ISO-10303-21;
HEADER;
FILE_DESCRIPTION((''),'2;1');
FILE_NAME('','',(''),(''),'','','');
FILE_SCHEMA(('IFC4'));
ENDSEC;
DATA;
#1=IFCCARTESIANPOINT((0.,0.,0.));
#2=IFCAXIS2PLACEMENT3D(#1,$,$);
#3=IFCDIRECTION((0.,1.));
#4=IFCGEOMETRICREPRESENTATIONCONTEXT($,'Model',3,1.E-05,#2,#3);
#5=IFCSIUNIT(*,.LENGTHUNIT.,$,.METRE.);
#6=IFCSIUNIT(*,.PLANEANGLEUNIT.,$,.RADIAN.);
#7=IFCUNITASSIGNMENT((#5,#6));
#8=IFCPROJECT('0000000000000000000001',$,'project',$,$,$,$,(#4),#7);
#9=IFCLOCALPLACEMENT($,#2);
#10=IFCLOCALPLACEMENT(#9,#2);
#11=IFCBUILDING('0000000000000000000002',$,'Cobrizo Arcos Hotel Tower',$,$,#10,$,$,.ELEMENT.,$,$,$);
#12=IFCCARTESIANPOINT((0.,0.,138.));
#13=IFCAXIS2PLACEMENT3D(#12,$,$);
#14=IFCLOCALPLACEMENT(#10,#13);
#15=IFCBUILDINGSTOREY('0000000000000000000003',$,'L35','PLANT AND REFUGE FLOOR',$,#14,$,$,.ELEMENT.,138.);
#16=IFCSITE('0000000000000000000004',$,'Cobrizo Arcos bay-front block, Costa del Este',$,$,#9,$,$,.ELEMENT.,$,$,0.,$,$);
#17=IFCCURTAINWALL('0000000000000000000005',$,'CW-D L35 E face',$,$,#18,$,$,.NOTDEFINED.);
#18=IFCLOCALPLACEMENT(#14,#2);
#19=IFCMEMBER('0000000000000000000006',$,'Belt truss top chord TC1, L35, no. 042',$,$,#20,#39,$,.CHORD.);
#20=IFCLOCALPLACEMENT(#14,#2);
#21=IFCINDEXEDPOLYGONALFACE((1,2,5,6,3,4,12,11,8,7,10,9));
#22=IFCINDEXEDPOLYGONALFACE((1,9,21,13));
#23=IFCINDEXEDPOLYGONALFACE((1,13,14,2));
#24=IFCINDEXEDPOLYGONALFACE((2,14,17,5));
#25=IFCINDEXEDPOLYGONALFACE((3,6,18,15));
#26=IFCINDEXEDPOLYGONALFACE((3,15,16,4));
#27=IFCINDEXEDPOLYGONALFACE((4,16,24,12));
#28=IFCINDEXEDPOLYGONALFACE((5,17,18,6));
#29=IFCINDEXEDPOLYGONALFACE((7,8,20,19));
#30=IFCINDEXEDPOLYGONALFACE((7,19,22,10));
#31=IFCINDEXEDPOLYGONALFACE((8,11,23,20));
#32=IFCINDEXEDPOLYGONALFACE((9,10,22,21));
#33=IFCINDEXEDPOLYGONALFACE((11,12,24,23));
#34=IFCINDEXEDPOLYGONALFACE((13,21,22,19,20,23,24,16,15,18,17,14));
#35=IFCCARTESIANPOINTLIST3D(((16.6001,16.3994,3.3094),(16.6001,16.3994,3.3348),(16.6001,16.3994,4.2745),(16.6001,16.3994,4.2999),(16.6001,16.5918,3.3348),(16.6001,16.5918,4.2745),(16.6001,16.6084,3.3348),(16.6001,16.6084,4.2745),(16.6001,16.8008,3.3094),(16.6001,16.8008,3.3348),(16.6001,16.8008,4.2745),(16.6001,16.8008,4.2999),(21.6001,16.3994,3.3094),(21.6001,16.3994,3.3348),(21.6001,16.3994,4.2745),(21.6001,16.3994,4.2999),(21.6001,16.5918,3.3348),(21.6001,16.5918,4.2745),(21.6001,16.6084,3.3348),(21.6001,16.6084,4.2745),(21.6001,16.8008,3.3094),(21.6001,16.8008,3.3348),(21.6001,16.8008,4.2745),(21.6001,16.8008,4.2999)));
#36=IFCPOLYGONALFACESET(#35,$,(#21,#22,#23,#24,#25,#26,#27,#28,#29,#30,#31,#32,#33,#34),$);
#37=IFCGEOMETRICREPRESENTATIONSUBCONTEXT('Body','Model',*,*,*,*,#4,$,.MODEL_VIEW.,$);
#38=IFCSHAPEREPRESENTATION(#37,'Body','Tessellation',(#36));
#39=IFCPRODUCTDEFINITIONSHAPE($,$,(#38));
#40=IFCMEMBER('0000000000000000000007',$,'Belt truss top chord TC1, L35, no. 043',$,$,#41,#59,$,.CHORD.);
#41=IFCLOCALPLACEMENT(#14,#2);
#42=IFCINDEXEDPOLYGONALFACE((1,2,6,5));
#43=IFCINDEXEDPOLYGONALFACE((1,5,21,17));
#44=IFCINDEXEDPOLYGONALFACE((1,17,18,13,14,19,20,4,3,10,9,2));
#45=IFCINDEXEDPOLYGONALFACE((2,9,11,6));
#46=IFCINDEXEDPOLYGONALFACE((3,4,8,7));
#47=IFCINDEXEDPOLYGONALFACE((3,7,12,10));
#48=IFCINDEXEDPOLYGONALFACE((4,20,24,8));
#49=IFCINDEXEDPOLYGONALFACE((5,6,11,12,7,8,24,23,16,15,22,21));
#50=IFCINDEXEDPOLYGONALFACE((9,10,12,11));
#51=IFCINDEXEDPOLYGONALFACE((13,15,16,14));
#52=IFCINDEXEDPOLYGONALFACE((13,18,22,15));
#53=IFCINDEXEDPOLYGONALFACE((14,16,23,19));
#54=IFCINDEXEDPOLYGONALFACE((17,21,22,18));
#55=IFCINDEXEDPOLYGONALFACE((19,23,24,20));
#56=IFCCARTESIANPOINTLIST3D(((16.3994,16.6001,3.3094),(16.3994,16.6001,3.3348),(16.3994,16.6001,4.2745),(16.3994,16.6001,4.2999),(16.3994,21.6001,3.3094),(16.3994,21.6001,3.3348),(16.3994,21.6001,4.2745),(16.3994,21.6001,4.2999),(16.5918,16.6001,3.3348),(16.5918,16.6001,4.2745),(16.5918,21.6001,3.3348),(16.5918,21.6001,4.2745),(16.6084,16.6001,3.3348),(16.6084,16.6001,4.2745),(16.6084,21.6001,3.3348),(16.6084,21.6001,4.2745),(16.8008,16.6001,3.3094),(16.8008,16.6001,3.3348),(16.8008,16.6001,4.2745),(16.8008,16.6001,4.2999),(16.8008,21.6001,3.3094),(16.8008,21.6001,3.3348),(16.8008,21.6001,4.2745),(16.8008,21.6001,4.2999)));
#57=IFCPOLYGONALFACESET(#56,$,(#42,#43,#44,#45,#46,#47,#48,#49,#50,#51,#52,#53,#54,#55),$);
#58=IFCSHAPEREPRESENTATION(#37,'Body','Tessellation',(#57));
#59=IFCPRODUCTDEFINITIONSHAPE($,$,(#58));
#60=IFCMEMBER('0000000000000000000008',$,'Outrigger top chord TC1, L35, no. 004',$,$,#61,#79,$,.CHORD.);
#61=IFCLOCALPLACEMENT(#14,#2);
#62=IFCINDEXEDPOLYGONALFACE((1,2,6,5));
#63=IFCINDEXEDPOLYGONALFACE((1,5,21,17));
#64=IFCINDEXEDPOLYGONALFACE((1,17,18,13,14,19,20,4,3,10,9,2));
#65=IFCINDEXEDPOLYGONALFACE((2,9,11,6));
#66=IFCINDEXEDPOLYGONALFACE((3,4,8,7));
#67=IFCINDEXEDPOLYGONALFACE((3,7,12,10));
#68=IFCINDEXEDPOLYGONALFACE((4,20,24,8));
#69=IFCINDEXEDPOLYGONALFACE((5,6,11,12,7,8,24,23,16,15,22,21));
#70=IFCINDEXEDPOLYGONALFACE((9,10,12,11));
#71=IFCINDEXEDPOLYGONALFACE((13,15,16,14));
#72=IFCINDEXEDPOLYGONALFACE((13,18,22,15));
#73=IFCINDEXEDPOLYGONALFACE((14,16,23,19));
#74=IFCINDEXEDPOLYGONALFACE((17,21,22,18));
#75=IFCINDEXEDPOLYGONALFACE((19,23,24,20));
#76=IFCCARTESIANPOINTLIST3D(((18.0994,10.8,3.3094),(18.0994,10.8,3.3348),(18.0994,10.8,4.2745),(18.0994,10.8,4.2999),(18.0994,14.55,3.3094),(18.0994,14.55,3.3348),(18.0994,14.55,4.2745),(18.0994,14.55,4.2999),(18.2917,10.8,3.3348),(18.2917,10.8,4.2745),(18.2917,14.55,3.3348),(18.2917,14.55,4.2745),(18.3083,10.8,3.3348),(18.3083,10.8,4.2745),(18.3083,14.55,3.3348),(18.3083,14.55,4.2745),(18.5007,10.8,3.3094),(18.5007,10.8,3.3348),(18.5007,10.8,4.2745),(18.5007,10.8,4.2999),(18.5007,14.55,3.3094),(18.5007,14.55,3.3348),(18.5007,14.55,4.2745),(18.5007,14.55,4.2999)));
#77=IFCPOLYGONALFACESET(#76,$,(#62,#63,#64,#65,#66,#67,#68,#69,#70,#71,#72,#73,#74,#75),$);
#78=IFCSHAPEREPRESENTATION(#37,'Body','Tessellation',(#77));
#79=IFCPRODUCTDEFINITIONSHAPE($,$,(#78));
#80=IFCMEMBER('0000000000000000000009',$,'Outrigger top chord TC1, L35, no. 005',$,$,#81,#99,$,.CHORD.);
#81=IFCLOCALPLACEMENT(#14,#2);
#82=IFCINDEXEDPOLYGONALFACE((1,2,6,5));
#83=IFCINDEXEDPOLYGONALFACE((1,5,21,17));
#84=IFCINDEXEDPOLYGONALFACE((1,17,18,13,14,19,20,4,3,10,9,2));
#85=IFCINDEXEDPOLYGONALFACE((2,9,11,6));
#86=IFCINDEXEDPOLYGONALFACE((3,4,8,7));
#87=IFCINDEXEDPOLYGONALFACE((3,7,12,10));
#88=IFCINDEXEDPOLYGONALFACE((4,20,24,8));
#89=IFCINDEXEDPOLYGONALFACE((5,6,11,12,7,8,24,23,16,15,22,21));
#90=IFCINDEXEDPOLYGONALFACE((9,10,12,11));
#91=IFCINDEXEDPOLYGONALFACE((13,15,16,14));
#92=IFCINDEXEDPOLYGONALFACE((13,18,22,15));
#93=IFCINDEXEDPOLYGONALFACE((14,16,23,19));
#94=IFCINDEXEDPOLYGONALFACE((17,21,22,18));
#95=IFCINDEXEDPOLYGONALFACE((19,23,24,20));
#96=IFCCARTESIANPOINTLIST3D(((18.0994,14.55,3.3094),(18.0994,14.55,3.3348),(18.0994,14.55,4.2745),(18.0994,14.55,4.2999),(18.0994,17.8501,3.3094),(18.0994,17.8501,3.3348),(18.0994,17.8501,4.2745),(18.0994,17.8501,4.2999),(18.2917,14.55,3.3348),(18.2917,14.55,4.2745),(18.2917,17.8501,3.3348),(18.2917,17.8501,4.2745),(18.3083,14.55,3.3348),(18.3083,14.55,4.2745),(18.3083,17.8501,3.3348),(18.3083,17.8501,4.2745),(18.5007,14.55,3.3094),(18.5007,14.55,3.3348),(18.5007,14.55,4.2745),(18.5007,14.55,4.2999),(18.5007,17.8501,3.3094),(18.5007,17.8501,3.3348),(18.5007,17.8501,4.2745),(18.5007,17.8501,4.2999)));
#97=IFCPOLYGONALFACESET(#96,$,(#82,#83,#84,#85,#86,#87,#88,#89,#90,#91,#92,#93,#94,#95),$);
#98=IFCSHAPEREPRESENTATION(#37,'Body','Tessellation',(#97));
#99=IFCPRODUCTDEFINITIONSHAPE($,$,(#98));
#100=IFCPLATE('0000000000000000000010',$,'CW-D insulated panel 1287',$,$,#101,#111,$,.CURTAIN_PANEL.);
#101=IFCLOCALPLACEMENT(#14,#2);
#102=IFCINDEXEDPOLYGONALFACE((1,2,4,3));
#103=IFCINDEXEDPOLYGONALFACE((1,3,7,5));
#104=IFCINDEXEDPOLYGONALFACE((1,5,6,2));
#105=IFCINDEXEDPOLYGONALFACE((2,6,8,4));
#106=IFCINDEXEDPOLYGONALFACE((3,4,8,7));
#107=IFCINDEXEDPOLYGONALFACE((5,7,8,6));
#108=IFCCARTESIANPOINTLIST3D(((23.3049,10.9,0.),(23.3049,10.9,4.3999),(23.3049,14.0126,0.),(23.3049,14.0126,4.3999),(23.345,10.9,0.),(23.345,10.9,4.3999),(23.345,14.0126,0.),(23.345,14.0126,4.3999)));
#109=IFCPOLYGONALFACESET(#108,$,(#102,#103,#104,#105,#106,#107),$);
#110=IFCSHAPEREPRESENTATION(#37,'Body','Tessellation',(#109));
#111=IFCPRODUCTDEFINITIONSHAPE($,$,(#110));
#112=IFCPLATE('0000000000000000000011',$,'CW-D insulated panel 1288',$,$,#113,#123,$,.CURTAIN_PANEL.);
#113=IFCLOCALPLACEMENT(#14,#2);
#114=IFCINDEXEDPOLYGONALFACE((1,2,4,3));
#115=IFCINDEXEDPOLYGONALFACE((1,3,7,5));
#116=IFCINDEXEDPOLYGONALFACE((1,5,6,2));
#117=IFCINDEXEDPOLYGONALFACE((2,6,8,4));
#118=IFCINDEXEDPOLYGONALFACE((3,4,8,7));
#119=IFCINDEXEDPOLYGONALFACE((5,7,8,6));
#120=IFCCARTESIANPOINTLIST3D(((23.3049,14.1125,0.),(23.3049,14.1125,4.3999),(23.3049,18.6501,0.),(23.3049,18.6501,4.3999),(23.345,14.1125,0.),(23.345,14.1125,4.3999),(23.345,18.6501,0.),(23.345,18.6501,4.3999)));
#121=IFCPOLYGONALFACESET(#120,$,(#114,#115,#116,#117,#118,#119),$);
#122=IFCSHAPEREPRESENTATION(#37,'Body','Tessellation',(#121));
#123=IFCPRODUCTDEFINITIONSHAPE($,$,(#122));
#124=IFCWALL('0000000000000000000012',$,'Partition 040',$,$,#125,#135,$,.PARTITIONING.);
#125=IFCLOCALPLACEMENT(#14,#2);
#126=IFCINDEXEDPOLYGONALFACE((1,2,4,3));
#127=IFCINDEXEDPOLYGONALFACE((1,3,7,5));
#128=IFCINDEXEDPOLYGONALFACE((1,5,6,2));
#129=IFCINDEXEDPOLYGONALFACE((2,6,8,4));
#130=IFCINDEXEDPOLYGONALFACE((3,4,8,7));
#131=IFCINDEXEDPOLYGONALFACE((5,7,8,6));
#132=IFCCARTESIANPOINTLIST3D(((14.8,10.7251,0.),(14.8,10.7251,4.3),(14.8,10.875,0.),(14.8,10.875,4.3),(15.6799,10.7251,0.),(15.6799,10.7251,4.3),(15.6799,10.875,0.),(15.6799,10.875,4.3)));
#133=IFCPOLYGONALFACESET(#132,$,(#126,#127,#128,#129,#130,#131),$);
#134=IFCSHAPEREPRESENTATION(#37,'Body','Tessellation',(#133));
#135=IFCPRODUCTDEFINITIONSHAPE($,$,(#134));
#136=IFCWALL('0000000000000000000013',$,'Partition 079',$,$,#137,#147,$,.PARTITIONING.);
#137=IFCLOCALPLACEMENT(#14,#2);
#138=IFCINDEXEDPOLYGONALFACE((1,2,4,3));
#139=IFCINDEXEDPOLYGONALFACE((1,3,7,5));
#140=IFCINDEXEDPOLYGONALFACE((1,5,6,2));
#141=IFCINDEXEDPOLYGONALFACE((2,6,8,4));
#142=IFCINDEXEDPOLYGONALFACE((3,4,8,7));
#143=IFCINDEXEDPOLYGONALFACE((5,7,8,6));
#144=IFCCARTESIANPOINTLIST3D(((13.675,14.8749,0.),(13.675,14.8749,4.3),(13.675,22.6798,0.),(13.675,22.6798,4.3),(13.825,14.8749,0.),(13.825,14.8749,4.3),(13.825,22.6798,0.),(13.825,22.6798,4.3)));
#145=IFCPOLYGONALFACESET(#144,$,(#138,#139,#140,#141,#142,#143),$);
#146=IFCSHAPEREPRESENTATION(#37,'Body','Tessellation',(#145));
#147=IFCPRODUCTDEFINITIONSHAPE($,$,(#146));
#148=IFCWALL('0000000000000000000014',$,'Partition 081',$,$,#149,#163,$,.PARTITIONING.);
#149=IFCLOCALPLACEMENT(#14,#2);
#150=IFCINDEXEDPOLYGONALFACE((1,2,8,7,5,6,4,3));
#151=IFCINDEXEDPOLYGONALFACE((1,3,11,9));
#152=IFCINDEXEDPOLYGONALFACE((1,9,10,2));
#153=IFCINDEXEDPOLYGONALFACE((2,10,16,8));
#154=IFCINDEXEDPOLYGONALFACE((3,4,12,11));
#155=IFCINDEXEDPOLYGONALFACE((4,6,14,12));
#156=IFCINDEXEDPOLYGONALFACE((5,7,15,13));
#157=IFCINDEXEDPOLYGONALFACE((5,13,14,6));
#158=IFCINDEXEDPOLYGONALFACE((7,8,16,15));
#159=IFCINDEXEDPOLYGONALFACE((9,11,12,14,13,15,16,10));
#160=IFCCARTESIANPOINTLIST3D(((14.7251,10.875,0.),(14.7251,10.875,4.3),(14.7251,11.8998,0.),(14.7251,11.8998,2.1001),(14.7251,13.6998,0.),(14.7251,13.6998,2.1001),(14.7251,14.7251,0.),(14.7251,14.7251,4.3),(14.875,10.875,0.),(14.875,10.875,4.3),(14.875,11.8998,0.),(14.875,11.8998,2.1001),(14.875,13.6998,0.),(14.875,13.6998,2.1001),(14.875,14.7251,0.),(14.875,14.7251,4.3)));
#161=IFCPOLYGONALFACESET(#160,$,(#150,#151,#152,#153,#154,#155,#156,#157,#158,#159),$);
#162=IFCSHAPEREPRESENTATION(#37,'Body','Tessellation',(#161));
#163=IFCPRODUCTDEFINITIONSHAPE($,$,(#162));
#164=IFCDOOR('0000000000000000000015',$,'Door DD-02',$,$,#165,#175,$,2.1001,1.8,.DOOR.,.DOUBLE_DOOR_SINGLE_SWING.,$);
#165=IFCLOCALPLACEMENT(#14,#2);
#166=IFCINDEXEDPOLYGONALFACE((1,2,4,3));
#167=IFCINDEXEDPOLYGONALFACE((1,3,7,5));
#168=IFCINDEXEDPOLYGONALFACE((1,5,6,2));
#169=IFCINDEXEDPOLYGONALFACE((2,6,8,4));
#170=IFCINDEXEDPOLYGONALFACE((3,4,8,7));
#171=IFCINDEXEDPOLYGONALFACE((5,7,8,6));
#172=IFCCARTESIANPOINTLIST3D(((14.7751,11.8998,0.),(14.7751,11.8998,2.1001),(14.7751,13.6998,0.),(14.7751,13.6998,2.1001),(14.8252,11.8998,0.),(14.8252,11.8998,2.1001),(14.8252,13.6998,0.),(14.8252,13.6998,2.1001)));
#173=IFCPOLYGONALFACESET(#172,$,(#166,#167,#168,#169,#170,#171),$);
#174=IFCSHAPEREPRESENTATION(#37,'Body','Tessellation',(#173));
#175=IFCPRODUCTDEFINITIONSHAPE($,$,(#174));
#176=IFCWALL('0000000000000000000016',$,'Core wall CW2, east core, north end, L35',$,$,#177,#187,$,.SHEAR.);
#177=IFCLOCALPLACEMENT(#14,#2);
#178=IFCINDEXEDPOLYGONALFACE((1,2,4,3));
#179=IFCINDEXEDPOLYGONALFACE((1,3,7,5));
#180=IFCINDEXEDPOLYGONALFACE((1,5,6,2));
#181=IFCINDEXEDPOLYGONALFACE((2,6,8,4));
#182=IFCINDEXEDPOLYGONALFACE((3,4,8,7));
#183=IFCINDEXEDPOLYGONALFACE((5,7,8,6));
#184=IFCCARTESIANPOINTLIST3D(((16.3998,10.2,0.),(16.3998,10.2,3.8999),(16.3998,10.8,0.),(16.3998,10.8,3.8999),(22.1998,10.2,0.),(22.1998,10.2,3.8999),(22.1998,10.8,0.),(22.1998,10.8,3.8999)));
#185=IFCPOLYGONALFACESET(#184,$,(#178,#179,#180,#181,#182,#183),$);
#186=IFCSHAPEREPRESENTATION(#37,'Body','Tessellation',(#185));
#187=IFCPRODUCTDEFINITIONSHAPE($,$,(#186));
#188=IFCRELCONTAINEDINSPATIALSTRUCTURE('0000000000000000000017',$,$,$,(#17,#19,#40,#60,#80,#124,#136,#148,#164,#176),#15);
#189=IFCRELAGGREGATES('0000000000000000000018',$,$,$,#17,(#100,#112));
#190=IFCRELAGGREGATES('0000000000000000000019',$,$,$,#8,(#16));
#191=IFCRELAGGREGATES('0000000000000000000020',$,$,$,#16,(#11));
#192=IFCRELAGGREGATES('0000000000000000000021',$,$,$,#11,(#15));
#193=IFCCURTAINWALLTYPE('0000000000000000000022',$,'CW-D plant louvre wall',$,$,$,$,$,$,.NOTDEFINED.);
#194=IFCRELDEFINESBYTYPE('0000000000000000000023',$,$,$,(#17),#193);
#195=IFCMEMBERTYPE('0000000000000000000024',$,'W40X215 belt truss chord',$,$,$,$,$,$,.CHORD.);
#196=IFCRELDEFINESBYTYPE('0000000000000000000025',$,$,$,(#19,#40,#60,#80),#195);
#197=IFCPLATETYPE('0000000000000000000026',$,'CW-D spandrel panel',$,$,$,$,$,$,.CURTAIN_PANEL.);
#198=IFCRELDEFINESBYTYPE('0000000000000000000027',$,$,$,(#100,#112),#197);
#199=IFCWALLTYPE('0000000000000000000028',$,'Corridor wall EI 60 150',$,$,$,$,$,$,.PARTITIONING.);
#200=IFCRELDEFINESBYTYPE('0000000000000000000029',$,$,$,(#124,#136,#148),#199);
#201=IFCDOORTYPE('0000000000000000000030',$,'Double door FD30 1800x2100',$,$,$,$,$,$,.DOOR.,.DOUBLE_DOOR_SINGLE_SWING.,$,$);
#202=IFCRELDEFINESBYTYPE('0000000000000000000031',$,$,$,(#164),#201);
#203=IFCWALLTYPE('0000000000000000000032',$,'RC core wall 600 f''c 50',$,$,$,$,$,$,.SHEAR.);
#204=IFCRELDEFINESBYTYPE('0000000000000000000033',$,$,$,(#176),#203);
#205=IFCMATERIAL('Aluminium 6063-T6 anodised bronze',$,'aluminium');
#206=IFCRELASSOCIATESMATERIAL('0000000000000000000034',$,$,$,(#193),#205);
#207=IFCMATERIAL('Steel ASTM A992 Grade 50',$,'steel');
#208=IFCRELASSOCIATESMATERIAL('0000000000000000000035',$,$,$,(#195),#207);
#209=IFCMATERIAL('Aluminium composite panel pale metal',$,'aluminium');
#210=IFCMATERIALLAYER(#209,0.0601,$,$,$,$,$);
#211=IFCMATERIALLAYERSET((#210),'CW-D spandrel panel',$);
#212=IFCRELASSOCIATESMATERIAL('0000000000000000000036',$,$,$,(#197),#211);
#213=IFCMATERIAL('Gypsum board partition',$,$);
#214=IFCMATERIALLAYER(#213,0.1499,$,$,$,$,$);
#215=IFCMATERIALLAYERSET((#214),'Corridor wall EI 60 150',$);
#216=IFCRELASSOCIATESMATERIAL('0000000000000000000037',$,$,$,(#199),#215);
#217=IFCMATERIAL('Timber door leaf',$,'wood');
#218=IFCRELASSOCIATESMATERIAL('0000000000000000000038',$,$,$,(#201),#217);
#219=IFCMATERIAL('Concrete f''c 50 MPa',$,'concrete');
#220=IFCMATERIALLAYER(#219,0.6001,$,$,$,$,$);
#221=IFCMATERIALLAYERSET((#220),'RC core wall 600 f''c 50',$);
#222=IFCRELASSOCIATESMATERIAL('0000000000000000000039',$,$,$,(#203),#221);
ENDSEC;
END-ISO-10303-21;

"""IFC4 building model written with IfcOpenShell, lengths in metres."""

from ifc_helpers import new_model, si_unit, direction, frame, frame_2d, origin, origin_2d, place, context, subcontext, project, spatial, rectangle, i_section, extrude, material, layer, layer_set, material_profile, profile_set, type_object, element, fill, aggregate, save


model = new_model("IFC4")

# Units and contexts
model_context = context("Model", 3, precision=1e-05, world=origin(), true_north=direction((0.0, 1.0)))
body_context = subcontext(model_context, "Body", "Model", "MODEL_VIEW")
ifc_project = project(units=[si_unit("LENGTHUNIT", "METRE"), si_unit("PLANEANGLEUNIT", "RADIAN")], contexts=[model_context])

# Site, building, storey
site_placement = place(None, origin())
site = spatial("IfcSite", under=ifc_project, at=site_placement, Name="Cobrizo Arcos bay-front block, Costa del Este", CompositionType="ELEMENT", RefElevation=0.0)
building_placement = place(site_placement, origin())
building = spatial("IfcBuilding", under=site, at=building_placement, Name="Cobrizo Arcos Hotel Tower", CompositionType="ELEMENT")
storey_placement = place(building_placement, frame((0.0, 0.0, 138.0)))
storey = spatial("IfcBuildingStorey", under=building, at=storey_placement, Name="L35", Description="PLANT AND REFUGE FLOOR", CompositionType="ELEMENT", Elevation=138.0)

# Curtain wall
ifc_material_1 = material(Name="Aluminium 6063-T6 anodised bronze", Category="aluminium")
curtain_wall_type = type_object("IfcCurtainWallType", Name="CW-D plant louvre wall", PredefinedType="NOTDEFINED", material=ifc_material_1)
curtain_wall_placement = place(storey_placement, origin())
curtain_wall = element("IfcCurtainWall", 1, at=curtain_wall_placement, inside=storey, type_object=curtain_wall_type, Name="CW-D L35 E face", PredefinedType="NOTDEFINED")

# Members
ifc_material_2 = material(Name="Steel ASTM A992 Grade 50", Category="steel")
ifc_material_profile_1 = material_profile(ifc_material_2, i_section(OverallWidth=0.4014, OverallDepth=0.9905, WebThickness=0.0166, FlangeThickness=0.0254, at=origin_2d()), Name="W40X215")
ifc_profile_set_1 = profile_set([ifc_material_profile_1], Name="Steel ASTM A992 Grade 50")
member_type_1 = type_object("IfcMemberType", Name="W40X215 belt truss chord", PredefinedType="CHORD", material=ifc_profile_set_1)
for number, where, z_axis, x_axis, name in (
    (2, (21.6001, 16.6001, 3.8047), (-1.0, 0.0, 0.0), (0.0, -1.0, 0.0), "Belt truss top chord TC1, L35, no. 042"),
    (3, (16.6001, 16.6001, 3.8047), (0.0, 1.0, 0.0), (-1.0, 0.0, 0.0), "Belt truss top chord TC1, L35, no. 043"),
):
    element("IfcMember", number, at=place(storey_placement, frame(where, z_axis=z_axis, x_axis=x_axis)), inside=storey, type_object=member_type_1, Name=name, PredefinedType="CHORD", context=body_context, shape_type="SweptSolid", body=[
        extrude(i_section(OverallWidth=0.4014, OverallDepth=0.9905, WebThickness=0.0166, FlangeThickness=0.0254, at=origin_2d()), origin(), (0.0, 0.0, 1.0), 5.0),
    ])
member_1_placement = place(storey_placement, frame((18.3, 10.8, 3.8047), z_axis=(0.0, 1.0, 0.0), x_axis=(-1.0, 0.0, 0.0)))
element("IfcMember", 4, at=member_1_placement, inside=storey, type_object=member_type_1, Name="Outrigger top chord TC1, L35, no. 004", PredefinedType="CHORD", context=body_context, shape_type="SweptSolid", body=[
    extrude(i_section(OverallWidth=0.4014, OverallDepth=0.9905, WebThickness=0.0166, FlangeThickness=0.0254, at=origin_2d()), origin(), (0.0, 0.0, 1.0), 3.75),
])
member_2_placement = place(storey_placement, frame((18.3, 14.55, 3.8047), z_axis=(0.0, 1.0, 0.0), x_axis=(-1.0, 0.0, 0.0)))
element("IfcMember", 5, at=member_2_placement, inside=storey, type_object=member_type_1, Name="Outrigger top chord TC1, L35, no. 005", PredefinedType="CHORD", context=body_context, shape_type="SweptSolid", body=[
    extrude(i_section(OverallWidth=0.4014, OverallDepth=0.9905, WebThickness=0.0166, FlangeThickness=0.0254, at=origin_2d()), origin(), (0.0, 0.0, 1.0), 3.3),
])

# Plates
ifc_material_3 = material(Name="Aluminium composite panel pale metal", Category="aluminium")
ifc_layer_1 = layer(ifc_material_3, 0.0601)
ifc_layer_set_1 = layer_set([ifc_layer_1], Name="CW-D spandrel panel")
plate_type = type_object("IfcPlateType", Name="CW-D spandrel panel", PredefinedType="CURTAIN_PANEL", material=ifc_layer_set_1)
plate_1_placement = place(storey_placement, frame((23.325, 12.4563, 0.0), z_axis=(0.0, 0.0, 1.0), x_axis=(0.0, 1.0, 0.0)))
plate_1 = element("IfcPlate", 6, at=plate_1_placement, type_object=plate_type, Name="CW-D insulated panel 1287", PredefinedType="CURTAIN_PANEL", context=body_context, shape_type="SweptSolid", body=[
    extrude(rectangle(XDim=3.1125, YDim=0.04, at=origin_2d()), origin(), (0.0, 0.0, 1.0), 4.3999),
])
plate_2_placement = place(storey_placement, frame((23.325, 16.3813, 0.0), z_axis=(0.0, 0.0, 1.0), x_axis=(0.0, 1.0, 0.0)))
plate_2 = element("IfcPlate", 7, at=plate_2_placement, type_object=plate_type, Name="CW-D insulated panel 1288", PredefinedType="CURTAIN_PANEL", context=body_context, shape_type="SweptSolid", body=[
    extrude(rectangle(XDim=4.5376, YDim=0.04, at=origin_2d()), origin(), (0.0, 0.0, 1.0), 4.3999),
])
aggregate(curtain_wall, [plate_1, plate_2])

# Walls
ifc_material_4 = material(Name="Gypsum board partition")
ifc_layer_2 = layer(ifc_material_4, 0.1499)
ifc_layer_set_2 = layer_set([ifc_layer_2], Name="Corridor wall EI 60 150")
wall_type_1 = type_object("IfcWallType", Name="Corridor wall EI 60 150", PredefinedType="PARTITIONING", material=ifc_layer_set_2)
wall_1_placement = place(storey_placement, frame((14.8, 10.8, 0.0), z_axis=(0.0, 0.0, 1.0), x_axis=(1.0, 0.0, 0.0)))
element("IfcWall", 8, at=wall_1_placement, inside=storey, type_object=wall_type_1, Name="Partition 040", PredefinedType="PARTITIONING", context=body_context, shape_type="SweptSolid", body=[
    extrude(rectangle(XDim=0.8799, YDim=0.1499, at=frame_2d((0.4399, 0.0))), origin(), (0.0, 0.0, 1.0), 4.3),
])
wall_2_placement = place(storey_placement, frame((13.75, 14.875, 0.0), z_axis=(0.0, 0.0, 1.0), x_axis=(0.0, 1.0, 0.0)))
element("IfcWall", 9, at=wall_2_placement, inside=storey, type_object=wall_type_1, Name="Partition 079", PredefinedType="PARTITIONING", context=body_context, shape_type="SweptSolid", body=[
    extrude(rectangle(XDim=7.8049, YDim=0.1499, at=frame_2d((3.9023, 0.0))), origin(), (0.0, 0.0, 1.0), 4.3),
])

# Wall, opening, door
wall_3_placement = place(storey_placement, frame((14.8, 10.875, 0.0), z_axis=(0.0, 0.0, 1.0), x_axis=(0.0, 1.0, 0.0)))
wall_3 = element("IfcWall", 10, at=wall_3_placement, inside=storey, type_object=wall_type_1, Name="Partition 081", PredefinedType="PARTITIONING", context=body_context, shape_type="SweptSolid", body=[
    extrude(rectangle(XDim=3.8501, YDim=0.1499, at=frame_2d((1.925, 0.0))), origin(), (0.0, 0.0, 1.0), 4.3),
])
opening_placement = place(wall_3_placement, frame((1.0249, 0.0, 0.0)))
opening = element("IfcOpeningElement", 11, at=opening_placement, cuts=wall_3, PredefinedType="OPENING", context=body_context, shape_type="SweptSolid", body=[
    extrude(rectangle(XDim=1.8, YDim=2.1001, at=frame_2d((0.8999, 1.05))), frame((0.0, 0.0869, 0.0), z_axis=(0.0, -1.0, 0.0), x_axis=(1.0, 0.0, 0.0)), (0.0, 0.0, 1.0), 0.1738),
])
ifc_material_5 = material(Name="Timber door leaf", Category="wood")
door_type = type_object("IfcDoorType", Name="Double door FD30 1800x2100", OperationType="DOUBLE_DOOR_SINGLE_SWING", PredefinedType="DOOR", material=ifc_material_5)
door_placement = place(opening_placement, origin())
door = element("IfcDoor", 12, at=door_placement, inside=storey, type_object=door_type, Name="Door DD-02", OperationType="DOUBLE_DOOR_SINGLE_SWING", OverallHeight=2.1001, OverallWidth=1.8, PredefinedType="DOOR", context=body_context, shape_type="SweptSolid", body=[
    extrude(rectangle(XDim=1.8, YDim=2.1001, at=frame_2d((0.8999, 1.05))), frame((0.0, 0.0249, 0.0), z_axis=(0.0, -1.0, 0.0), x_axis=(1.0, 0.0, 0.0)), (0.0, 0.0, 1.0), 0.05),
])
fill(opening, door)

# Wall
ifc_material_6 = material(Name="Concrete f'c 50 MPa", Category="concrete")
ifc_layer_3 = layer(ifc_material_6, 0.6001)
ifc_layer_set_3 = layer_set([ifc_layer_3], Name="RC core wall 600 f'c 50")
wall_type_2 = type_object("IfcWallType", Name="RC core wall 600 f'c 50", PredefinedType="SHEAR", material=ifc_layer_set_3)
wall_4_placement = place(storey_placement, frame((16.3999, 10.5, 0.0), z_axis=(0.0, 0.0, 1.0), x_axis=(1.0, 0.0, 0.0)))
element("IfcWall", 13, at=wall_4_placement, inside=storey, type_object=wall_type_2, Name="Core wall CW2, east core, north end, L35", PredefinedType="SHEAR", context=body_context, shape_type="SweptSolid", body=[
    extrude(rectangle(XDim=5.8, YDim=0.6001, at=frame_2d((2.8999, 0.0))), origin(), (0.0, 0.0, 1.0), 3.8999),
])

save(model, "model.ifc")
